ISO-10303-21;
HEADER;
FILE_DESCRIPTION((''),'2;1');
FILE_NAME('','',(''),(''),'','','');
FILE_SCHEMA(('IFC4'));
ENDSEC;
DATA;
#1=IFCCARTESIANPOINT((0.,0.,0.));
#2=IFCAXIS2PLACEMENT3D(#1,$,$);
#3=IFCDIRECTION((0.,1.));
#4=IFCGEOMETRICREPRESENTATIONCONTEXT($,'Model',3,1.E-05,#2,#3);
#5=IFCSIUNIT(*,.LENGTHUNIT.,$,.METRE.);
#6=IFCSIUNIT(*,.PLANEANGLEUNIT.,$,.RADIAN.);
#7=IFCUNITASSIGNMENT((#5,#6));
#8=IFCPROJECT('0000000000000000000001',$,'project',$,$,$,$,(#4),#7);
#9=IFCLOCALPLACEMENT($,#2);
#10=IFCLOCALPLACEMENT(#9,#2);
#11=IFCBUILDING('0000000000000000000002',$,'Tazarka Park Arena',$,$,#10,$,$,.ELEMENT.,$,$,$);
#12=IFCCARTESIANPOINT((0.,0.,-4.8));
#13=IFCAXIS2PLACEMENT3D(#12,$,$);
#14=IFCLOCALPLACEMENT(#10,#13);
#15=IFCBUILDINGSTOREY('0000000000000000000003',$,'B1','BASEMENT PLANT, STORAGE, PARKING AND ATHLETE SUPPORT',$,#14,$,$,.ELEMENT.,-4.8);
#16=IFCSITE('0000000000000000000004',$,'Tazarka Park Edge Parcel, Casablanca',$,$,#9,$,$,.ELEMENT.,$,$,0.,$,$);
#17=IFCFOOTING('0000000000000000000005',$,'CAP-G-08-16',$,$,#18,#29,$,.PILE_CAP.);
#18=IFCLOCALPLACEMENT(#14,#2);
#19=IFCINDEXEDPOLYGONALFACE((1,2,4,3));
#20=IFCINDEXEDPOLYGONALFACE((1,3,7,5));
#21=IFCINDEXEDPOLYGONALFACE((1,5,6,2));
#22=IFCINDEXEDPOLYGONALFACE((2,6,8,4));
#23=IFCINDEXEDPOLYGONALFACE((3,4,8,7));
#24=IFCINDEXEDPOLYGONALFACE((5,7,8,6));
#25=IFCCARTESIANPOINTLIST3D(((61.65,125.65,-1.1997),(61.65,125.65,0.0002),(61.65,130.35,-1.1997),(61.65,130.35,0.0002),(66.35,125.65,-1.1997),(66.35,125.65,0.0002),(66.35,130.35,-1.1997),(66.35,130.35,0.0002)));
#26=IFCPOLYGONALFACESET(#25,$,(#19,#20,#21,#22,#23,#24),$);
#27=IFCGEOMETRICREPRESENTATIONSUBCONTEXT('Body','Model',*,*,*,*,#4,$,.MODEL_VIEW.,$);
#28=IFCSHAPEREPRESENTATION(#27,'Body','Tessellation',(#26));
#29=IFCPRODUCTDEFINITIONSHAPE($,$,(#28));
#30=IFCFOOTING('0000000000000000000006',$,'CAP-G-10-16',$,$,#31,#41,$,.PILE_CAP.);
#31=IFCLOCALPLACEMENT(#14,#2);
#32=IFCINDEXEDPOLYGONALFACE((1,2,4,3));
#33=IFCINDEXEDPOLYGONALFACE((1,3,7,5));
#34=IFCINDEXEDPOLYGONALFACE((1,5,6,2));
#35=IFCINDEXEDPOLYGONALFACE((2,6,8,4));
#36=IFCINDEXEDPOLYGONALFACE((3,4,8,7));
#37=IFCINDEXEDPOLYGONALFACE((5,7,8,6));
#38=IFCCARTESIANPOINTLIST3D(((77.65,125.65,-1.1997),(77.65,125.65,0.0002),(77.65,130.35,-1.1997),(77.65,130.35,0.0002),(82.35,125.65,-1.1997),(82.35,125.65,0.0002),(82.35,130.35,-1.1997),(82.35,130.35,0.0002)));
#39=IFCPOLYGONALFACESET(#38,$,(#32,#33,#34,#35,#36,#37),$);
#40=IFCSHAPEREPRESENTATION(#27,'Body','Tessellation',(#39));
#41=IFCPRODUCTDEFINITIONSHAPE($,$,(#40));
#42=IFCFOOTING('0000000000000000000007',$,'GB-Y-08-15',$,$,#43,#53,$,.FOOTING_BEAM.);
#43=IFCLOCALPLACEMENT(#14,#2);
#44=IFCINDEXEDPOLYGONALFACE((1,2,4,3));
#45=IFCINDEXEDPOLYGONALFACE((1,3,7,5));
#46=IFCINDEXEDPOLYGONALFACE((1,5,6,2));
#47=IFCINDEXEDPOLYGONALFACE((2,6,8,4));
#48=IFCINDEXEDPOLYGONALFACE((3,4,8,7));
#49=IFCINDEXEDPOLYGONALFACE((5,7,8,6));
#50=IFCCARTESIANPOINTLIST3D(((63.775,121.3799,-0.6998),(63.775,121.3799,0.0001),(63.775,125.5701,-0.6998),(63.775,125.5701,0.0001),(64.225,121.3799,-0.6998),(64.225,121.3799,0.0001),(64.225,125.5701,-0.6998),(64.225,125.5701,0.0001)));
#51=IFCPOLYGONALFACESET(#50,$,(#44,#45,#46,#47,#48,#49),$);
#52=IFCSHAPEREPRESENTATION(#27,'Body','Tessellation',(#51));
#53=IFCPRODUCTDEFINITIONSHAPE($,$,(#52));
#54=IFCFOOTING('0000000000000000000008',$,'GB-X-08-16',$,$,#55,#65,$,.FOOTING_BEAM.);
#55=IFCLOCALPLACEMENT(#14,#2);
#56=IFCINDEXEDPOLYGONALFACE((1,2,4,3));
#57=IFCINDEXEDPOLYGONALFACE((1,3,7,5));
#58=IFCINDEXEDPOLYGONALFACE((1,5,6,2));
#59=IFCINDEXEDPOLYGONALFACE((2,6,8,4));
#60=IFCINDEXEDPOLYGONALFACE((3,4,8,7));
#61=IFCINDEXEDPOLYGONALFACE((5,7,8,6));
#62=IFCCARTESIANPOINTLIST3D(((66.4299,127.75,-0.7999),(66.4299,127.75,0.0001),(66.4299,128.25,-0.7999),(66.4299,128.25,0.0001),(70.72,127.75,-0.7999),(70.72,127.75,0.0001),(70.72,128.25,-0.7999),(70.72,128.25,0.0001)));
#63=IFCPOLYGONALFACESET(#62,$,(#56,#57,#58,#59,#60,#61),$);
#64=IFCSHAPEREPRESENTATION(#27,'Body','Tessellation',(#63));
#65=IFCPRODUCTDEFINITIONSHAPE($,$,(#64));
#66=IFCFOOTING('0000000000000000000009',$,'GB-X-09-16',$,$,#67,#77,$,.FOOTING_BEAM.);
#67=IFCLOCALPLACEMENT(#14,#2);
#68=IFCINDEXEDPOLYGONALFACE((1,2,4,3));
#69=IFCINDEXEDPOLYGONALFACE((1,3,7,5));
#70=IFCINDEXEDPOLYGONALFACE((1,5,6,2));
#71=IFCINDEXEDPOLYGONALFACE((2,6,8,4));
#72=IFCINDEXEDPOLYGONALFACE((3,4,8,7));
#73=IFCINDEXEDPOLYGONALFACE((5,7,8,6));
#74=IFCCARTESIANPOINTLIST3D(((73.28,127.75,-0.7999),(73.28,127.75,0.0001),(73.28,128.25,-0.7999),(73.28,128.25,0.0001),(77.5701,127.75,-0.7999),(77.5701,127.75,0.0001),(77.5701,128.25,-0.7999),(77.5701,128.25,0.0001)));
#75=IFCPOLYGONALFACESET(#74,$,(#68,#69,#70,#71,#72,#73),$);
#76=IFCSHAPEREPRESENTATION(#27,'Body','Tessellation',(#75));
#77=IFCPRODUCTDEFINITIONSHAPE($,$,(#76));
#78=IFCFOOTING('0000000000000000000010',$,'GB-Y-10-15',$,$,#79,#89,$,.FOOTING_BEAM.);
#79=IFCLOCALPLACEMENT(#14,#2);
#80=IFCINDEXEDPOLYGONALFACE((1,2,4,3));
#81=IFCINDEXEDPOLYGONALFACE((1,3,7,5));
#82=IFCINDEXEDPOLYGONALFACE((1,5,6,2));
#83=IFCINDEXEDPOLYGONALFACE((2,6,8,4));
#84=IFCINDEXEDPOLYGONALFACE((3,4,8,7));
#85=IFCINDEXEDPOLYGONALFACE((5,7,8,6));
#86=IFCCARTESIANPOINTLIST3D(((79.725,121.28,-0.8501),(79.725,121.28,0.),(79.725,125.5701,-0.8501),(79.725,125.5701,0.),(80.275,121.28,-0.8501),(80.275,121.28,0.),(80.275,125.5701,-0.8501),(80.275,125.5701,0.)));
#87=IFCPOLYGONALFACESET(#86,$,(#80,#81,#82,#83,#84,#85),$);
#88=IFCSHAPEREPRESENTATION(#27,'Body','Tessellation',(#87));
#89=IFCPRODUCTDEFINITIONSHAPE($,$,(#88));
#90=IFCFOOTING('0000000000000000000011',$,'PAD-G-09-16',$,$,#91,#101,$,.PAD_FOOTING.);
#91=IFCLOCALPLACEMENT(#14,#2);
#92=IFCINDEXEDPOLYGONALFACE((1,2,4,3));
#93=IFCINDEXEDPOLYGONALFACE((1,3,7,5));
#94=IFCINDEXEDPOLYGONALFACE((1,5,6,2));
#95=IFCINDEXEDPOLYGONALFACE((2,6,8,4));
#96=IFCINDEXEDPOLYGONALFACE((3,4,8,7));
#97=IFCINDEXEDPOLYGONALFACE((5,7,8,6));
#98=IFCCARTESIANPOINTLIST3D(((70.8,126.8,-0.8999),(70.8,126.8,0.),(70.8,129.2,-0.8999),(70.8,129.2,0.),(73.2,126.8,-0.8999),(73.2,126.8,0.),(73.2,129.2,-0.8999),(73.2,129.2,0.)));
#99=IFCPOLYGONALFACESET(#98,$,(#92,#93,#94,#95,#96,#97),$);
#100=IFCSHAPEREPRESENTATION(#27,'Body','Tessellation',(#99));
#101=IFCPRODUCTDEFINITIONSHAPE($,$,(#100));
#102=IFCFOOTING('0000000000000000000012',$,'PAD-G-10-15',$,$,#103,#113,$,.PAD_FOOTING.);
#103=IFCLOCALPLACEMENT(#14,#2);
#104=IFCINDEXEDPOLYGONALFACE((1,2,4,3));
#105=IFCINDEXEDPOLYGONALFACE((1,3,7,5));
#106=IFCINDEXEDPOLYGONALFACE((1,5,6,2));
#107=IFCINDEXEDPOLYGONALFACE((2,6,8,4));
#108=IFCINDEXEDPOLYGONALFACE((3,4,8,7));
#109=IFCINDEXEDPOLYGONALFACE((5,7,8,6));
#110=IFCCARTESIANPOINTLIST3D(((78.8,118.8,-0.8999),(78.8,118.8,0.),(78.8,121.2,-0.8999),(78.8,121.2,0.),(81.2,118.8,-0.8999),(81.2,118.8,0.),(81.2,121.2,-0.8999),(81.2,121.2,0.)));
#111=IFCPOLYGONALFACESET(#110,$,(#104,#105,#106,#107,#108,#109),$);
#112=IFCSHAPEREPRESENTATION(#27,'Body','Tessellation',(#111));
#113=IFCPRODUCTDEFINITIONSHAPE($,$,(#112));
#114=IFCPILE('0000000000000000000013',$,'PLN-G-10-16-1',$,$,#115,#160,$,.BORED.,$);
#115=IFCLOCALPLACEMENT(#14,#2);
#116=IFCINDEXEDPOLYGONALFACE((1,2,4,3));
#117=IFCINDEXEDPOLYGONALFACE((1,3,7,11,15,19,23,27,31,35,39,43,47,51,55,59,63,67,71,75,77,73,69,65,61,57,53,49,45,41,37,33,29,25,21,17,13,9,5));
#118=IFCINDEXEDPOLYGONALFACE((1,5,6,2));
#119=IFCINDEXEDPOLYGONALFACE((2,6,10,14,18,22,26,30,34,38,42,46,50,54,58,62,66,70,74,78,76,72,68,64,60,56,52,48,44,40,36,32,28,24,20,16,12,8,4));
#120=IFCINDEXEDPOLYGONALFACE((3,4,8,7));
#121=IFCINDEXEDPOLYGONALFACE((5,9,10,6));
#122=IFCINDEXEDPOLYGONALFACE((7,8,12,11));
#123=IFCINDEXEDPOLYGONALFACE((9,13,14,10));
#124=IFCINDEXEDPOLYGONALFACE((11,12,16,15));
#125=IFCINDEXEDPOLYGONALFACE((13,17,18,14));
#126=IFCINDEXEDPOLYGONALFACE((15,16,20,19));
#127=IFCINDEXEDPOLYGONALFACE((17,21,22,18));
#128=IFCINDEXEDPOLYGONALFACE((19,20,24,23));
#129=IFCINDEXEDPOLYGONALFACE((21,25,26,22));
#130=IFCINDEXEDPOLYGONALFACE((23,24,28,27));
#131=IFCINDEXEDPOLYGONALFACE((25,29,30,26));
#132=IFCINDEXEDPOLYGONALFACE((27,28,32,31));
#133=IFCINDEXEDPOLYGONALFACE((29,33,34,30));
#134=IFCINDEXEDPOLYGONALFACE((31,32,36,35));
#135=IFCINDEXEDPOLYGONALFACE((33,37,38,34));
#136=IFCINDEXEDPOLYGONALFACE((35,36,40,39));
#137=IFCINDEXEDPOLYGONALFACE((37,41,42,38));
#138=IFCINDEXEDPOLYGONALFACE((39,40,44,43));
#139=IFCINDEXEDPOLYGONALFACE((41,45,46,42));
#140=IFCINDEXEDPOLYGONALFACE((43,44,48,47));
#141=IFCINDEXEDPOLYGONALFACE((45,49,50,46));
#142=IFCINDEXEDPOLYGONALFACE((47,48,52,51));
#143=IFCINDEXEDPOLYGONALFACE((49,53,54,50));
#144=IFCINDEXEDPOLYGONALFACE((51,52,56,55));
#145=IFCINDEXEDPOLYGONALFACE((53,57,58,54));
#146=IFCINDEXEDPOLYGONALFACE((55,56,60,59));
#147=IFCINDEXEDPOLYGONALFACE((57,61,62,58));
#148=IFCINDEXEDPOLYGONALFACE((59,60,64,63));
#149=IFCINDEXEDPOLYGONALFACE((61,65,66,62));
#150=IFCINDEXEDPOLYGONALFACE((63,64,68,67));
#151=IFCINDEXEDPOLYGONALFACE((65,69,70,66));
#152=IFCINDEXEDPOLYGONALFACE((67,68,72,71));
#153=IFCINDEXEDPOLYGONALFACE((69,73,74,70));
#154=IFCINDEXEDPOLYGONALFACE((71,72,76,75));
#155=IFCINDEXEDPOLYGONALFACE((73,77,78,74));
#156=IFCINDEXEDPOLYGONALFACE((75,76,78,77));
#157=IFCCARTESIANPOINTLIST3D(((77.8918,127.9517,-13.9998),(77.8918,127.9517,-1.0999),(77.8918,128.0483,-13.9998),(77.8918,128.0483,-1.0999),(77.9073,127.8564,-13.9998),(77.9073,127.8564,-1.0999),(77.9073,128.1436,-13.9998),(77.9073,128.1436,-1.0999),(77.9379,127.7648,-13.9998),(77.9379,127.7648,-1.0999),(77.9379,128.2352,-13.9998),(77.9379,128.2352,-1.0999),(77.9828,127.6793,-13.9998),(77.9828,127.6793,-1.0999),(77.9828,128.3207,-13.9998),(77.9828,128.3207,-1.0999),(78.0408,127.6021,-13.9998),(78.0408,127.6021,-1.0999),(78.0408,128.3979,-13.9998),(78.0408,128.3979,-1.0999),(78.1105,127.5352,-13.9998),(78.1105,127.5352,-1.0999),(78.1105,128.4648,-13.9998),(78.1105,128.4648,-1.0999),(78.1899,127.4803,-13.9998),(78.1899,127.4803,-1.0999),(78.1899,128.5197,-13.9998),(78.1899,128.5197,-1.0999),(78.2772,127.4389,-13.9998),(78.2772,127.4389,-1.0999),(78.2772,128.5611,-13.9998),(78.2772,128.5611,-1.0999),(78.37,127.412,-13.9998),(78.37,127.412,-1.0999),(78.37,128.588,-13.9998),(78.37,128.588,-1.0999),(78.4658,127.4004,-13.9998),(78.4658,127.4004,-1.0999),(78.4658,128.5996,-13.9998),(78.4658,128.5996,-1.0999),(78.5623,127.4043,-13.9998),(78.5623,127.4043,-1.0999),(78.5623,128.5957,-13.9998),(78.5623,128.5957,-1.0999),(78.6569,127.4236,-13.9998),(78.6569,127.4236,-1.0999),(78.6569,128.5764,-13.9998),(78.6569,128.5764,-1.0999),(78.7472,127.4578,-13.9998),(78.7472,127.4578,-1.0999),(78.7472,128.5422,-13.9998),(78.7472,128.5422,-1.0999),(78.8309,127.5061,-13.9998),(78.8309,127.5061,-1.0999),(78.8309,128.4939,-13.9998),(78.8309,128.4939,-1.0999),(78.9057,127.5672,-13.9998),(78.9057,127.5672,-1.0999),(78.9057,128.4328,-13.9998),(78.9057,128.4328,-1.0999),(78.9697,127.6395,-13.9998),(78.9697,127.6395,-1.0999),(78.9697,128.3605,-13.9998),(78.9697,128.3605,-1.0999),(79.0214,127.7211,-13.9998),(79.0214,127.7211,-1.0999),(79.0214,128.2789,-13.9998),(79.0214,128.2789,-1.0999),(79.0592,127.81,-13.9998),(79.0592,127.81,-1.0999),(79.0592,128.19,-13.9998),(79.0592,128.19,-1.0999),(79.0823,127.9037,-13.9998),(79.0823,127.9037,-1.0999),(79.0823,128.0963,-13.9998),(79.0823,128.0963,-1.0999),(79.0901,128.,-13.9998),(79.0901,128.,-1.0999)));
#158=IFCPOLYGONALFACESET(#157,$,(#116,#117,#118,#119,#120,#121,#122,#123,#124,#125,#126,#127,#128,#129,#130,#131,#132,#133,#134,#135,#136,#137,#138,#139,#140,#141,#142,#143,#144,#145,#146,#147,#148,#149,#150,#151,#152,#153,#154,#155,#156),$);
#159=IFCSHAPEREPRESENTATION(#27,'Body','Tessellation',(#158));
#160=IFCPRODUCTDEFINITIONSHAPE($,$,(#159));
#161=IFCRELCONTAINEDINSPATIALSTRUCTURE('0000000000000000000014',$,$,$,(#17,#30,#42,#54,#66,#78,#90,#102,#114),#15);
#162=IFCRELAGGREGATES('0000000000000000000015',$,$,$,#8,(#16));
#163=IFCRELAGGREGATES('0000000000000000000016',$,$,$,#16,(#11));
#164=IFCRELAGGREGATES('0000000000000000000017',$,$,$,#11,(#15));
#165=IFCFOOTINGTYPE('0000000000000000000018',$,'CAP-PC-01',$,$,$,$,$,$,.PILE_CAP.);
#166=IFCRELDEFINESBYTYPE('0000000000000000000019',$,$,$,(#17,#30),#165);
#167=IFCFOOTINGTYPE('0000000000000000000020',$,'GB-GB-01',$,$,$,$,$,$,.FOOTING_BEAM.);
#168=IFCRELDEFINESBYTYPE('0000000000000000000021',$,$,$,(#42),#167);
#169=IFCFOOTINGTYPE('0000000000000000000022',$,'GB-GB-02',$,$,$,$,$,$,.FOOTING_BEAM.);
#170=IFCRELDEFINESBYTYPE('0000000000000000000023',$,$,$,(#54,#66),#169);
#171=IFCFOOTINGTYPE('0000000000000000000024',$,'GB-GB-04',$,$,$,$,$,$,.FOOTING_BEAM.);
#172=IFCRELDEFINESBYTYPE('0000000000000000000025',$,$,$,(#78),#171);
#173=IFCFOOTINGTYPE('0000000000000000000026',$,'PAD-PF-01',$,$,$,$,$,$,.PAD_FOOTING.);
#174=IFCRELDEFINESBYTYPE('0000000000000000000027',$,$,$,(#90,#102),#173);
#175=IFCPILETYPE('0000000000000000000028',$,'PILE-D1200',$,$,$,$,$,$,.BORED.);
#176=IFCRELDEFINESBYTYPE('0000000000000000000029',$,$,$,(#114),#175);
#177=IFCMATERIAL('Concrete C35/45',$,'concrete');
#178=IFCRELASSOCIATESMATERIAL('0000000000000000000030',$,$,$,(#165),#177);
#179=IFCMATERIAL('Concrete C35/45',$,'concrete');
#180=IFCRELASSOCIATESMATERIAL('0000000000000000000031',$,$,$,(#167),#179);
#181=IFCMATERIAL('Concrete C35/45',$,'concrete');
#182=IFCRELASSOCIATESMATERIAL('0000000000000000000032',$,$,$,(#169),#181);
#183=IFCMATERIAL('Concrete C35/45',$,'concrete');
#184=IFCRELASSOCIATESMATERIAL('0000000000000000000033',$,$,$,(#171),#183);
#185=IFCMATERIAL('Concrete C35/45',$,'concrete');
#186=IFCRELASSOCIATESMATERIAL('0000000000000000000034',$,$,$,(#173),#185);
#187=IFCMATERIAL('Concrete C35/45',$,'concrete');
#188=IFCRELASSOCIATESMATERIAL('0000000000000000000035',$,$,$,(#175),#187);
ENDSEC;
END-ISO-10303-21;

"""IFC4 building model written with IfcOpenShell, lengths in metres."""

from ifc_helpers import new_model, si_unit, direction, frame, origin, origin_2d, place, context, subcontext, project, spatial, rectangle, circle, extrude, material, material_profile, profile_set, type_object, element, save


model = new_model("IFC4")

# Units and contexts
model_context = context("Model", 3, precision=1e-05, world=origin(), true_north=direction((0.0, 1.0)))
body_context = subcontext(model_context, "Body", "Model", "MODEL_VIEW")
ifc_project = project(units=[si_unit("LENGTHUNIT", "METRE"), si_unit("PLANEANGLEUNIT", "RADIAN")], contexts=[model_context])

# Site, building, storey
site_placement = place(None, origin())
site = spatial("IfcSite", under=ifc_project, at=site_placement, Name="Tazarka Park Edge Parcel, Casablanca", CompositionType="ELEMENT", RefElevation=0.0)
building_placement = place(site_placement, origin())
building = spatial("IfcBuilding", under=site, at=building_placement, Name="Tazarka Park Arena", CompositionType="ELEMENT")
storey_placement = place(building_placement, frame((0.0, 0.0, -4.8)))
storey = spatial("IfcBuildingStorey", under=building, at=storey_placement, Name="B1", Description="BASEMENT PLANT, STORAGE, PARKING AND ATHLETE SUPPORT", CompositionType="ELEMENT", Elevation=-4.8)

# Footings
ifc_material_1 = material(Name="Concrete C35/45", Category="concrete")
footing_type_1 = type_object("IfcFootingType", Name="CAP-PC-01", PredefinedType="PILE_CAP", material=ifc_material_1)
for number, where, z_axis, x_axis, name in (
    (1, (64.0, 128.0, -1.1997), (0.0, 0.0, 1.0), (1.0, 0.0, 0.0), "CAP-G-08-16"),
    (2, (80.0, 128.0, -1.1997), (0.0, 0.0, 1.0), (1.0, 0.0, 0.0), "CAP-G-10-16"),
):
    element("IfcFooting", number, at=place(storey_placement, frame(where, z_axis=z_axis, x_axis=x_axis)), inside=storey, type_object=footing_type_1, Name=name, PredefinedType="PILE_CAP", context=body_context, shape_type="SweptSolid", body=[
        extrude(rectangle(XDim=4.7, YDim=4.7, at=origin_2d()), origin(), (0.0, 0.0, 1.0), 1.2),
    ])
ifc_material_2 = material(Name="Concrete C35/45", Category="concrete")
ifc_material_profile_1 = material_profile(ifc_material_2, rectangle(XDim=0.45, YDim=0.7, at=origin_2d()), Name="Concrete C35/45")
ifc_profile_set_1 = profile_set([ifc_material_profile_1], Name="Concrete C35/45")
footing_type_2 = type_object("IfcFootingType", Name="GB-GB-01", PredefinedType="FOOTING_BEAM", material=ifc_profile_set_1)
footing_1_placement = place(storey_placement, frame((64.0, 121.3799, -0.3499), z_axis=(0.0, 1.0, 0.0), x_axis=(-1.0, 0.0, 0.0)))
element("IfcFooting", 3, at=footing_1_placement, inside=storey, type_object=footing_type_2, Name="GB-Y-08-15", PredefinedType="FOOTING_BEAM", context=body_context, shape_type="SweptSolid", body=[
    extrude(rectangle(XDim=0.45, YDim=0.7, at=origin_2d()), origin(), (0.0, 0.0, 1.0), 4.1902),
])
ifc_material_3 = material(Name="Concrete C35/45", Category="concrete")
ifc_material_profile_2 = material_profile(ifc_material_3, rectangle(XDim=0.5, YDim=0.8, at=origin_2d()), Name="Concrete C35/45")
ifc_profile_set_2 = profile_set([ifc_material_profile_2], Name="Concrete C35/45")
footing_type_3 = type_object("IfcFootingType", Name="GB-GB-02", PredefinedType="FOOTING_BEAM", material=ifc_profile_set_2)
for number, where, z_axis, x_axis, name in (
    (4, (66.4299, 128.0, -0.3999), (1.0, 0.0, 0.0), (0.0, 1.0, 0.0), "GB-X-08-16"),
    (5, (73.28, 128.0, -0.3999), (1.0, 0.0, 0.0), (0.0, 1.0, 0.0), "GB-X-09-16"),
):
    element("IfcFooting", number, at=place(storey_placement, frame(where, z_axis=z_axis, x_axis=x_axis)), inside=storey, type_object=footing_type_3, Name=name, PredefinedType="FOOTING_BEAM", context=body_context, shape_type="SweptSolid", body=[
        extrude(rectangle(XDim=0.5, YDim=0.8, at=origin_2d()), origin(), (0.0, 0.0, 1.0), 4.29),
    ])
ifc_material_4 = material(Name="Concrete C35/45", Category="concrete")
ifc_material_profile_3 = material_profile(ifc_material_4, rectangle(XDim=0.55, YDim=0.8501, at=origin_2d()), Name="Concrete C35/45")
ifc_profile_set_3 = profile_set([ifc_material_profile_3], Name="Concrete C35/45")
footing_type_4 = type_object("IfcFootingType", Name="GB-GB-04", PredefinedType="FOOTING_BEAM", material=ifc_profile_set_3)
footing_2_placement = place(storey_placement, frame((80.0, 121.28, -0.425), z_axis=(0.0, 1.0, 0.0), x_axis=(-1.0, 0.0, 0.0)))
element("IfcFooting", 6, at=footing_2_placement, inside=storey, type_object=footing_type_4, Name="GB-Y-10-15", PredefinedType="FOOTING_BEAM", context=body_context, shape_type="SweptSolid", body=[
    extrude(rectangle(XDim=0.55, YDim=0.8501, at=origin_2d()), origin(), (0.0, 0.0, 1.0), 4.29),
])
ifc_material_5 = material(Name="Concrete C35/45", Category="concrete")
footing_type_5 = type_object("IfcFootingType", Name="PAD-PF-01", PredefinedType="PAD_FOOTING", material=ifc_material_5)
for number, where, z_axis, x_axis, name in (
    (7, (72.0, 128.0, -0.8999), (0.0, 0.0, 1.0), (1.0, 0.0, 0.0), "PAD-G-09-16"),
    (8, (80.0, 120.0, -0.8999), (0.0, 0.0, 1.0), (1.0, 0.0, 0.0), "PAD-G-10-15"),
):
    element("IfcFooting", number, at=place(storey_placement, frame(where, z_axis=z_axis, x_axis=x_axis)), inside=storey, type_object=footing_type_5, Name=name, PredefinedType="PAD_FOOTING", context=body_context, shape_type="SweptSolid", body=[
        extrude(rectangle(XDim=2.3999, YDim=2.3999, at=origin_2d()), origin(), (0.0, 0.0, 1.0), 0.8999),
    ])

# Pile
ifc_material_6 = material(Name="Concrete C35/45", Category="concrete")
ifc_material_profile_4 = material_profile(ifc_material_6, circle(Radius=0.6001, at=origin_2d()), Name="Concrete C35/45")
ifc_profile_set_4 = profile_set([ifc_material_profile_4], Name="Concrete C35/45")
pile_type_1 = type_object("IfcPileType", Name="PILE-D1200", PredefinedType="BORED", material=ifc_profile_set_4)
pile_placement = place(storey_placement, frame((78.49, 128.0, -1.0999), z_axis=(0.0, 0.0, -1.0), x_axis=(1.0, 0.0, 0.0)))
element("IfcPile", 9, at=pile_placement, inside=storey, type_object=pile_type_1, Name="PLN-G-10-16-1", PredefinedType="BORED", context=body_context, shape_type="SweptSolid", body=[
    extrude(circle(Radius=0.6001, at=origin_2d()), origin(), (0.0, 0.0, 1.0), 12.8999),
])

save(model, "model.ifc")
